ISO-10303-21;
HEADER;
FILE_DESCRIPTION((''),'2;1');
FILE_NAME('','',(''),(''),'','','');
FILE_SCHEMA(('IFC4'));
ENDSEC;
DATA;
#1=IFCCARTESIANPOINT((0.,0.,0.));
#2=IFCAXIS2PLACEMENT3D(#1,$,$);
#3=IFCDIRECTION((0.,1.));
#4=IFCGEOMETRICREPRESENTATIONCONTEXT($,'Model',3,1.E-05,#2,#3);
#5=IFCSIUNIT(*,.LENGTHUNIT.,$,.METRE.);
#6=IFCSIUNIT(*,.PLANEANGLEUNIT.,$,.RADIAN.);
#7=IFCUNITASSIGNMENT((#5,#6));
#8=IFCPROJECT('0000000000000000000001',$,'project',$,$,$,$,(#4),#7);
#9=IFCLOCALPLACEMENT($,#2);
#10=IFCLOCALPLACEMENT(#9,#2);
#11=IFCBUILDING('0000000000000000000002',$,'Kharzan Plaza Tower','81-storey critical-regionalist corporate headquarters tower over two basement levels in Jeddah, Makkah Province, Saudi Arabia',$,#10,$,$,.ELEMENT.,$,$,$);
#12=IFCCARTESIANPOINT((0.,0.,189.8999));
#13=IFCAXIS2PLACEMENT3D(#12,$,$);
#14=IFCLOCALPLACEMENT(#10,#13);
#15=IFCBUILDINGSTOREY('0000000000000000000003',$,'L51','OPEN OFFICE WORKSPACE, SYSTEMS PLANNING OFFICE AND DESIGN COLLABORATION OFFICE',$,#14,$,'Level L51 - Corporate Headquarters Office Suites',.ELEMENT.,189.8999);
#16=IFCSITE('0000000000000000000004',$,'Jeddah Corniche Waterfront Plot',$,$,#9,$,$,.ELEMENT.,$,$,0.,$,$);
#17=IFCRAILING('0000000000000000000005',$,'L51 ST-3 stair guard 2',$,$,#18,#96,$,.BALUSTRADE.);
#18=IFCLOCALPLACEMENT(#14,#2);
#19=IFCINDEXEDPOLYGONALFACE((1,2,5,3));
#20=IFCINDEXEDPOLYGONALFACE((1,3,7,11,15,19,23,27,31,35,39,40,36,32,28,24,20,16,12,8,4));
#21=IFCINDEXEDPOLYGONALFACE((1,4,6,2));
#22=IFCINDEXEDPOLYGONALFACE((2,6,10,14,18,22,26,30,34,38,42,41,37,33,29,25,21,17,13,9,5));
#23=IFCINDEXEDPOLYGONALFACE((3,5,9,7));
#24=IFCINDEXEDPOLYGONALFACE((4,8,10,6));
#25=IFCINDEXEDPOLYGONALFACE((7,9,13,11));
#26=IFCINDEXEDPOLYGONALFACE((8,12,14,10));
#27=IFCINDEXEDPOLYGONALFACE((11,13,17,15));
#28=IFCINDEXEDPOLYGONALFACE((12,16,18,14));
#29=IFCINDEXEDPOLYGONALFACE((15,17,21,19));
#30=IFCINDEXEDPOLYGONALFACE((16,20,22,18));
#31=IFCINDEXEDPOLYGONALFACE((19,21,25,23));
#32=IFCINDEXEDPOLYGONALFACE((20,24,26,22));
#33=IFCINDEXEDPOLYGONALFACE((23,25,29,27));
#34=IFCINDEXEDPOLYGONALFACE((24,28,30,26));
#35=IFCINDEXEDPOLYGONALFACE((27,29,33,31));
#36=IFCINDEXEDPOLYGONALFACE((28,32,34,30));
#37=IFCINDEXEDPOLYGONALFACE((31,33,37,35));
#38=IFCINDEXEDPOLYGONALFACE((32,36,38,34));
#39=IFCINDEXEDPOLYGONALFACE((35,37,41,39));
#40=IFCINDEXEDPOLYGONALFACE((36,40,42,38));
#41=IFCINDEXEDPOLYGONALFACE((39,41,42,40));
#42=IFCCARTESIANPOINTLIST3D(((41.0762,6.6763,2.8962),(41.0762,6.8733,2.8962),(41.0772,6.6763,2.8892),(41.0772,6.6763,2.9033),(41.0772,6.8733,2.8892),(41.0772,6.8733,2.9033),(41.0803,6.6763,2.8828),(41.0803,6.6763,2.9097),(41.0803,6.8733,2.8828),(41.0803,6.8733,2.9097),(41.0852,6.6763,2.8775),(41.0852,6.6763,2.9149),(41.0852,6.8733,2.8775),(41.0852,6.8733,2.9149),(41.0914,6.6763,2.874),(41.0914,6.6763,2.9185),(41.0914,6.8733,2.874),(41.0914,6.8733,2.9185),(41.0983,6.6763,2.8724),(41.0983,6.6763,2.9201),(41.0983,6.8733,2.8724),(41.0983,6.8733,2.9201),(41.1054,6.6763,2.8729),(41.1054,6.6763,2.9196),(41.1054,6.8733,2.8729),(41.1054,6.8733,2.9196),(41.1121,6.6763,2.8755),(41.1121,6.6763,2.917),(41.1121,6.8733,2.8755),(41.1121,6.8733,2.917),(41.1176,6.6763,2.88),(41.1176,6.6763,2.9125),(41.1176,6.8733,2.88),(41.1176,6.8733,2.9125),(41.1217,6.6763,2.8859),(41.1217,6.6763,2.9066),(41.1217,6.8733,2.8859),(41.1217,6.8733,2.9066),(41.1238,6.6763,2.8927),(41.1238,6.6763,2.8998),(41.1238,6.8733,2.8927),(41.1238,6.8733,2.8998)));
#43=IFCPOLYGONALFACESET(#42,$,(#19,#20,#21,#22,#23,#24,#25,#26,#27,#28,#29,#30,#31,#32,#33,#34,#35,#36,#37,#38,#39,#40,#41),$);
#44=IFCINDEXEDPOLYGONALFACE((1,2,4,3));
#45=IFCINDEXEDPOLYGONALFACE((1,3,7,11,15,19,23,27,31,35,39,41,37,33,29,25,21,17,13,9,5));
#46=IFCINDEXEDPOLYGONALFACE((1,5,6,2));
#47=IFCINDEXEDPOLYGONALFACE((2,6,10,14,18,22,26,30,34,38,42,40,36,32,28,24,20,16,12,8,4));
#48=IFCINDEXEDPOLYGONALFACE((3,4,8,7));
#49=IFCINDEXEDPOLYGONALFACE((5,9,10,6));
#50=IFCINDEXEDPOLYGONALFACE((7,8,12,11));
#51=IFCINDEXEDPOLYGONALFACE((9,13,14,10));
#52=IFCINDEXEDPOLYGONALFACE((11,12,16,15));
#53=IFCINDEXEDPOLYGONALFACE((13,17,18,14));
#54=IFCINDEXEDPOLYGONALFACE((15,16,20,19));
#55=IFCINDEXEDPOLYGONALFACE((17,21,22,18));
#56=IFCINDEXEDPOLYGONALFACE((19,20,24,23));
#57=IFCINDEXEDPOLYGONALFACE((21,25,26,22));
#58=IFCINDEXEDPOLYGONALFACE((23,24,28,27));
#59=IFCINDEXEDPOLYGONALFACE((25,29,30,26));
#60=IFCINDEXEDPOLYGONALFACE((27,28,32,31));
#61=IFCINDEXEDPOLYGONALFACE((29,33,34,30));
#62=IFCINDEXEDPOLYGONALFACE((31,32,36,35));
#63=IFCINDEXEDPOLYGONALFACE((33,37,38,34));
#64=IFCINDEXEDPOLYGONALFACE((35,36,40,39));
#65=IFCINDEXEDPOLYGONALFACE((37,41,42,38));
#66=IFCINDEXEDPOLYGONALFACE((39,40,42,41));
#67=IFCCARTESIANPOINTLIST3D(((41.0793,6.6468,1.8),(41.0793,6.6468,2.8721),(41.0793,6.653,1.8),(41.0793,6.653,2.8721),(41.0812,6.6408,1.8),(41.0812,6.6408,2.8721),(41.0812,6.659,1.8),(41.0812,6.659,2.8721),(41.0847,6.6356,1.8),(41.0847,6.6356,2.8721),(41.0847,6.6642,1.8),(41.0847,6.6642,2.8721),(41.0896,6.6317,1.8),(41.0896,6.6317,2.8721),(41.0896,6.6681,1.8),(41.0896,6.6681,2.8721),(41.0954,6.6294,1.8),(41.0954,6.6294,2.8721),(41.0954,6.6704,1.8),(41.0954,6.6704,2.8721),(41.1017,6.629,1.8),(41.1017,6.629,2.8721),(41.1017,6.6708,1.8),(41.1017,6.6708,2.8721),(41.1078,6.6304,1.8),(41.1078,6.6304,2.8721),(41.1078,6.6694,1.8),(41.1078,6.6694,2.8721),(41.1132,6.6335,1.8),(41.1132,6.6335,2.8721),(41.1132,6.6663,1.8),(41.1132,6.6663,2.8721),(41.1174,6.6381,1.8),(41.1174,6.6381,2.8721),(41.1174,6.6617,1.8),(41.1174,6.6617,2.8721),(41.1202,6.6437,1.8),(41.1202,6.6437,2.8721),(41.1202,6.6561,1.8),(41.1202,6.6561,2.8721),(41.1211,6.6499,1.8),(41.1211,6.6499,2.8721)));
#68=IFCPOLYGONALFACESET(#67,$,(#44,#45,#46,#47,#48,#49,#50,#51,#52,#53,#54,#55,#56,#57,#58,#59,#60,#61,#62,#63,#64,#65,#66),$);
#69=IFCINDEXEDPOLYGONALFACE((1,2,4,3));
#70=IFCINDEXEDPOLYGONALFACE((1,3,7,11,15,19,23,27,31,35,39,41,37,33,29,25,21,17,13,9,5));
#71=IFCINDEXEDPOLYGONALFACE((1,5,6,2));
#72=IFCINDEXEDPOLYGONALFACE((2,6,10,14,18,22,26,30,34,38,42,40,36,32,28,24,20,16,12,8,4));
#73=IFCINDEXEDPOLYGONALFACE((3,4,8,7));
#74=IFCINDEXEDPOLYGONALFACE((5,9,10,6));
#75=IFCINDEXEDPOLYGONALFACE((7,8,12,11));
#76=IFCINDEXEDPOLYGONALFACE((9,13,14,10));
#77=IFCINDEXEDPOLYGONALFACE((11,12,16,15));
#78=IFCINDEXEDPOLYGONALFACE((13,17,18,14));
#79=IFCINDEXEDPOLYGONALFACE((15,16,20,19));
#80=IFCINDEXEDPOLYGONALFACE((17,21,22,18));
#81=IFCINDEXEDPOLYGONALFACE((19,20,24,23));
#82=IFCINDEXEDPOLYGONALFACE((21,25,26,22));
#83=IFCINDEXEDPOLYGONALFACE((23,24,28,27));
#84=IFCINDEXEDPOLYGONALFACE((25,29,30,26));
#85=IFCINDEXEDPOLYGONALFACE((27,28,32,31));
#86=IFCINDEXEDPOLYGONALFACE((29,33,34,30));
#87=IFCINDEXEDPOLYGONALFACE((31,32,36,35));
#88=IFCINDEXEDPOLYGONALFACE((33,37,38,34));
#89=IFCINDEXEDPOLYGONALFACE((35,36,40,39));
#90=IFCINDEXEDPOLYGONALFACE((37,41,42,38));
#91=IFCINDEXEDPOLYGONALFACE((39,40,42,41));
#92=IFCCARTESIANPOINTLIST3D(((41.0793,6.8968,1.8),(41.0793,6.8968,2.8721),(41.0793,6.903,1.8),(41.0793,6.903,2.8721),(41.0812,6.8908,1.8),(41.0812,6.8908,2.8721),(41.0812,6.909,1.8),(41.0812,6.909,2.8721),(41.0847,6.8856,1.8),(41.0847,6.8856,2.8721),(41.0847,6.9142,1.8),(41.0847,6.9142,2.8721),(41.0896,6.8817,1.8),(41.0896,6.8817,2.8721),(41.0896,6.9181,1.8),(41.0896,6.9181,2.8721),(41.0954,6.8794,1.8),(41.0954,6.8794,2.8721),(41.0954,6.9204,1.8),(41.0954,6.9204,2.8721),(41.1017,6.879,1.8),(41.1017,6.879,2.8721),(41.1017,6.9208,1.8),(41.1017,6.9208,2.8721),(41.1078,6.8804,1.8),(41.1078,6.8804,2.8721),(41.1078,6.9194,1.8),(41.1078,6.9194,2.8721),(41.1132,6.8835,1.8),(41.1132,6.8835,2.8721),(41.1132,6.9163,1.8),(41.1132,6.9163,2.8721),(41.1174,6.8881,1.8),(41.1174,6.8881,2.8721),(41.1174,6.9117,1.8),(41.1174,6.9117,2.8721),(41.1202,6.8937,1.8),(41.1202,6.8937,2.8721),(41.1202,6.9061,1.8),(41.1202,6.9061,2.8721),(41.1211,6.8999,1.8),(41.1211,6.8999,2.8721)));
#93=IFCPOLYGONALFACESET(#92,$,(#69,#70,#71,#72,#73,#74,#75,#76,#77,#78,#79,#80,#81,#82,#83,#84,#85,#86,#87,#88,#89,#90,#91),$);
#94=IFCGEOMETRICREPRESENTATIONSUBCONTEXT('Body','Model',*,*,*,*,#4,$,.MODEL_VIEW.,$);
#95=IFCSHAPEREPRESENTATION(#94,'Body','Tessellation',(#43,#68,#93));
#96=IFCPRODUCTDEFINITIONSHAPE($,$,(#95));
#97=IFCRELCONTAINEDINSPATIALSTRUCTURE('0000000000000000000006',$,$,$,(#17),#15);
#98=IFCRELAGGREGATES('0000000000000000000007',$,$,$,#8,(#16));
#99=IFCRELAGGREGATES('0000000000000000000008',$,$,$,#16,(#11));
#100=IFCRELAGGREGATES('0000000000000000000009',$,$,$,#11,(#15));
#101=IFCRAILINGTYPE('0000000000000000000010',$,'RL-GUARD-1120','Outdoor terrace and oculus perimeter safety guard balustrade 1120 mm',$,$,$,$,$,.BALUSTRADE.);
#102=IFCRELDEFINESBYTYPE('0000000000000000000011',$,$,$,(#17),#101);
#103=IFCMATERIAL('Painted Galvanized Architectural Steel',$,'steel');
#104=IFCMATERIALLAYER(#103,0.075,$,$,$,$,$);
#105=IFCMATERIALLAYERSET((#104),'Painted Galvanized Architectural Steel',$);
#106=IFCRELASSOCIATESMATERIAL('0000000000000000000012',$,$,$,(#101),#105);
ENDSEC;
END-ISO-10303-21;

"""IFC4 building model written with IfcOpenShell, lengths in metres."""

from ifc_helpers import new_model, si_unit, direction, frame, origin, origin_2d, place, context, subcontext, project, spatial, circle, extrude, source, transform, mapped, material, layer, layer_set, type_object, element, save


model = new_model("IFC4")

# Units and contexts
model_context = context("Model", 3, precision=1e-05, world=origin(), true_north=direction((0.0, 1.0)))
body_context = subcontext(model_context, "Body", "Model", "MODEL_VIEW")
ifc_project = project(units=[si_unit("LENGTHUNIT", "METRE"), si_unit("PLANEANGLEUNIT", "RADIAN")], contexts=[model_context])

# Site, building, storey
site_placement = place(None, origin())
site = spatial("IfcSite", under=ifc_project, at=site_placement, Name="Jeddah Corniche Waterfront Plot", CompositionType="ELEMENT", RefElevation=0.0)
building_placement = place(site_placement, origin())
building = spatial("IfcBuilding", under=site, at=building_placement, Name="Kharzan Plaza Tower", Description="81-storey critical-regionalist corporate headquarters tower over two basement levels in Jeddah, Makkah Province, Saudi Arabia", CompositionType="ELEMENT")
storey_placement = place(building_placement, frame((0.0, 0.0, 189.8999)))
storey = spatial("IfcBuildingStorey", under=building, at=storey_placement, Name="L51", Description="OPEN OFFICE WORKSPACE, SYSTEMS PLANNING OFFICE AND DESIGN COLLABORATION OFFICE", LongName="Level L51 - Corporate Headquarters Office Suites", CompositionType="ELEMENT", Elevation=189.8999)

# Railing
ifc_material_1 = material(Name="Painted Galvanized Architectural Steel", Category="steel")
ifc_layer_1 = layer(ifc_material_1, 0.075)
ifc_layer_set_1 = layer_set([ifc_layer_1], Name="Painted Galvanized Architectural Steel")
railing_type_1 = type_object("IfcRailingType", Name="RL-GUARD-1120", Description="Outdoor terrace and oculus perimeter safety guard balustrade 1120 mm", PredefinedType="BALUSTRADE", material=ifc_layer_set_1)
shared_shape_1 = source(origin(), body_context, "Body", "SweptSolid", [
    extrude(circle(Radius=0.0239, at=origin_2d()), frame((0.0, 0.0264, 1.0962), z_axis=(0.0, 1.0, 0.0), x_axis=(-1.0, 0.0, 0.0)), (0.0, 0.0, 1.0), 0.197),
    extrude(circle(Radius=0.021, at=origin_2d()), origin(), (0.0, 0.0, 1.0), 1.072),
    extrude(circle(Radius=0.021, at=origin_2d()), frame((0.0, 0.25, 0.0)), (0.0, 0.0, 1.0), 1.072),
])
railing_1_placement = place(storey_placement, frame((41.1001, 6.6499, 1.8)))
element("IfcRailing", 1, at=railing_1_placement, inside=storey, type_object=railing_type_1, Name="L51 ST-3 stair guard 2", PredefinedType="BALUSTRADE", context=body_context, shape_type="MappedRepresentation", body=[
    mapped(shared_shape_1, transform((0.0, 0.0, 0.0), x_axis=(1.0, 0.0, 0.0), y_axis=(0.0, 1.0, 0.0), z_axis=(0.0, 0.0, 1.0))),
])

save(model, "model.ifc")
